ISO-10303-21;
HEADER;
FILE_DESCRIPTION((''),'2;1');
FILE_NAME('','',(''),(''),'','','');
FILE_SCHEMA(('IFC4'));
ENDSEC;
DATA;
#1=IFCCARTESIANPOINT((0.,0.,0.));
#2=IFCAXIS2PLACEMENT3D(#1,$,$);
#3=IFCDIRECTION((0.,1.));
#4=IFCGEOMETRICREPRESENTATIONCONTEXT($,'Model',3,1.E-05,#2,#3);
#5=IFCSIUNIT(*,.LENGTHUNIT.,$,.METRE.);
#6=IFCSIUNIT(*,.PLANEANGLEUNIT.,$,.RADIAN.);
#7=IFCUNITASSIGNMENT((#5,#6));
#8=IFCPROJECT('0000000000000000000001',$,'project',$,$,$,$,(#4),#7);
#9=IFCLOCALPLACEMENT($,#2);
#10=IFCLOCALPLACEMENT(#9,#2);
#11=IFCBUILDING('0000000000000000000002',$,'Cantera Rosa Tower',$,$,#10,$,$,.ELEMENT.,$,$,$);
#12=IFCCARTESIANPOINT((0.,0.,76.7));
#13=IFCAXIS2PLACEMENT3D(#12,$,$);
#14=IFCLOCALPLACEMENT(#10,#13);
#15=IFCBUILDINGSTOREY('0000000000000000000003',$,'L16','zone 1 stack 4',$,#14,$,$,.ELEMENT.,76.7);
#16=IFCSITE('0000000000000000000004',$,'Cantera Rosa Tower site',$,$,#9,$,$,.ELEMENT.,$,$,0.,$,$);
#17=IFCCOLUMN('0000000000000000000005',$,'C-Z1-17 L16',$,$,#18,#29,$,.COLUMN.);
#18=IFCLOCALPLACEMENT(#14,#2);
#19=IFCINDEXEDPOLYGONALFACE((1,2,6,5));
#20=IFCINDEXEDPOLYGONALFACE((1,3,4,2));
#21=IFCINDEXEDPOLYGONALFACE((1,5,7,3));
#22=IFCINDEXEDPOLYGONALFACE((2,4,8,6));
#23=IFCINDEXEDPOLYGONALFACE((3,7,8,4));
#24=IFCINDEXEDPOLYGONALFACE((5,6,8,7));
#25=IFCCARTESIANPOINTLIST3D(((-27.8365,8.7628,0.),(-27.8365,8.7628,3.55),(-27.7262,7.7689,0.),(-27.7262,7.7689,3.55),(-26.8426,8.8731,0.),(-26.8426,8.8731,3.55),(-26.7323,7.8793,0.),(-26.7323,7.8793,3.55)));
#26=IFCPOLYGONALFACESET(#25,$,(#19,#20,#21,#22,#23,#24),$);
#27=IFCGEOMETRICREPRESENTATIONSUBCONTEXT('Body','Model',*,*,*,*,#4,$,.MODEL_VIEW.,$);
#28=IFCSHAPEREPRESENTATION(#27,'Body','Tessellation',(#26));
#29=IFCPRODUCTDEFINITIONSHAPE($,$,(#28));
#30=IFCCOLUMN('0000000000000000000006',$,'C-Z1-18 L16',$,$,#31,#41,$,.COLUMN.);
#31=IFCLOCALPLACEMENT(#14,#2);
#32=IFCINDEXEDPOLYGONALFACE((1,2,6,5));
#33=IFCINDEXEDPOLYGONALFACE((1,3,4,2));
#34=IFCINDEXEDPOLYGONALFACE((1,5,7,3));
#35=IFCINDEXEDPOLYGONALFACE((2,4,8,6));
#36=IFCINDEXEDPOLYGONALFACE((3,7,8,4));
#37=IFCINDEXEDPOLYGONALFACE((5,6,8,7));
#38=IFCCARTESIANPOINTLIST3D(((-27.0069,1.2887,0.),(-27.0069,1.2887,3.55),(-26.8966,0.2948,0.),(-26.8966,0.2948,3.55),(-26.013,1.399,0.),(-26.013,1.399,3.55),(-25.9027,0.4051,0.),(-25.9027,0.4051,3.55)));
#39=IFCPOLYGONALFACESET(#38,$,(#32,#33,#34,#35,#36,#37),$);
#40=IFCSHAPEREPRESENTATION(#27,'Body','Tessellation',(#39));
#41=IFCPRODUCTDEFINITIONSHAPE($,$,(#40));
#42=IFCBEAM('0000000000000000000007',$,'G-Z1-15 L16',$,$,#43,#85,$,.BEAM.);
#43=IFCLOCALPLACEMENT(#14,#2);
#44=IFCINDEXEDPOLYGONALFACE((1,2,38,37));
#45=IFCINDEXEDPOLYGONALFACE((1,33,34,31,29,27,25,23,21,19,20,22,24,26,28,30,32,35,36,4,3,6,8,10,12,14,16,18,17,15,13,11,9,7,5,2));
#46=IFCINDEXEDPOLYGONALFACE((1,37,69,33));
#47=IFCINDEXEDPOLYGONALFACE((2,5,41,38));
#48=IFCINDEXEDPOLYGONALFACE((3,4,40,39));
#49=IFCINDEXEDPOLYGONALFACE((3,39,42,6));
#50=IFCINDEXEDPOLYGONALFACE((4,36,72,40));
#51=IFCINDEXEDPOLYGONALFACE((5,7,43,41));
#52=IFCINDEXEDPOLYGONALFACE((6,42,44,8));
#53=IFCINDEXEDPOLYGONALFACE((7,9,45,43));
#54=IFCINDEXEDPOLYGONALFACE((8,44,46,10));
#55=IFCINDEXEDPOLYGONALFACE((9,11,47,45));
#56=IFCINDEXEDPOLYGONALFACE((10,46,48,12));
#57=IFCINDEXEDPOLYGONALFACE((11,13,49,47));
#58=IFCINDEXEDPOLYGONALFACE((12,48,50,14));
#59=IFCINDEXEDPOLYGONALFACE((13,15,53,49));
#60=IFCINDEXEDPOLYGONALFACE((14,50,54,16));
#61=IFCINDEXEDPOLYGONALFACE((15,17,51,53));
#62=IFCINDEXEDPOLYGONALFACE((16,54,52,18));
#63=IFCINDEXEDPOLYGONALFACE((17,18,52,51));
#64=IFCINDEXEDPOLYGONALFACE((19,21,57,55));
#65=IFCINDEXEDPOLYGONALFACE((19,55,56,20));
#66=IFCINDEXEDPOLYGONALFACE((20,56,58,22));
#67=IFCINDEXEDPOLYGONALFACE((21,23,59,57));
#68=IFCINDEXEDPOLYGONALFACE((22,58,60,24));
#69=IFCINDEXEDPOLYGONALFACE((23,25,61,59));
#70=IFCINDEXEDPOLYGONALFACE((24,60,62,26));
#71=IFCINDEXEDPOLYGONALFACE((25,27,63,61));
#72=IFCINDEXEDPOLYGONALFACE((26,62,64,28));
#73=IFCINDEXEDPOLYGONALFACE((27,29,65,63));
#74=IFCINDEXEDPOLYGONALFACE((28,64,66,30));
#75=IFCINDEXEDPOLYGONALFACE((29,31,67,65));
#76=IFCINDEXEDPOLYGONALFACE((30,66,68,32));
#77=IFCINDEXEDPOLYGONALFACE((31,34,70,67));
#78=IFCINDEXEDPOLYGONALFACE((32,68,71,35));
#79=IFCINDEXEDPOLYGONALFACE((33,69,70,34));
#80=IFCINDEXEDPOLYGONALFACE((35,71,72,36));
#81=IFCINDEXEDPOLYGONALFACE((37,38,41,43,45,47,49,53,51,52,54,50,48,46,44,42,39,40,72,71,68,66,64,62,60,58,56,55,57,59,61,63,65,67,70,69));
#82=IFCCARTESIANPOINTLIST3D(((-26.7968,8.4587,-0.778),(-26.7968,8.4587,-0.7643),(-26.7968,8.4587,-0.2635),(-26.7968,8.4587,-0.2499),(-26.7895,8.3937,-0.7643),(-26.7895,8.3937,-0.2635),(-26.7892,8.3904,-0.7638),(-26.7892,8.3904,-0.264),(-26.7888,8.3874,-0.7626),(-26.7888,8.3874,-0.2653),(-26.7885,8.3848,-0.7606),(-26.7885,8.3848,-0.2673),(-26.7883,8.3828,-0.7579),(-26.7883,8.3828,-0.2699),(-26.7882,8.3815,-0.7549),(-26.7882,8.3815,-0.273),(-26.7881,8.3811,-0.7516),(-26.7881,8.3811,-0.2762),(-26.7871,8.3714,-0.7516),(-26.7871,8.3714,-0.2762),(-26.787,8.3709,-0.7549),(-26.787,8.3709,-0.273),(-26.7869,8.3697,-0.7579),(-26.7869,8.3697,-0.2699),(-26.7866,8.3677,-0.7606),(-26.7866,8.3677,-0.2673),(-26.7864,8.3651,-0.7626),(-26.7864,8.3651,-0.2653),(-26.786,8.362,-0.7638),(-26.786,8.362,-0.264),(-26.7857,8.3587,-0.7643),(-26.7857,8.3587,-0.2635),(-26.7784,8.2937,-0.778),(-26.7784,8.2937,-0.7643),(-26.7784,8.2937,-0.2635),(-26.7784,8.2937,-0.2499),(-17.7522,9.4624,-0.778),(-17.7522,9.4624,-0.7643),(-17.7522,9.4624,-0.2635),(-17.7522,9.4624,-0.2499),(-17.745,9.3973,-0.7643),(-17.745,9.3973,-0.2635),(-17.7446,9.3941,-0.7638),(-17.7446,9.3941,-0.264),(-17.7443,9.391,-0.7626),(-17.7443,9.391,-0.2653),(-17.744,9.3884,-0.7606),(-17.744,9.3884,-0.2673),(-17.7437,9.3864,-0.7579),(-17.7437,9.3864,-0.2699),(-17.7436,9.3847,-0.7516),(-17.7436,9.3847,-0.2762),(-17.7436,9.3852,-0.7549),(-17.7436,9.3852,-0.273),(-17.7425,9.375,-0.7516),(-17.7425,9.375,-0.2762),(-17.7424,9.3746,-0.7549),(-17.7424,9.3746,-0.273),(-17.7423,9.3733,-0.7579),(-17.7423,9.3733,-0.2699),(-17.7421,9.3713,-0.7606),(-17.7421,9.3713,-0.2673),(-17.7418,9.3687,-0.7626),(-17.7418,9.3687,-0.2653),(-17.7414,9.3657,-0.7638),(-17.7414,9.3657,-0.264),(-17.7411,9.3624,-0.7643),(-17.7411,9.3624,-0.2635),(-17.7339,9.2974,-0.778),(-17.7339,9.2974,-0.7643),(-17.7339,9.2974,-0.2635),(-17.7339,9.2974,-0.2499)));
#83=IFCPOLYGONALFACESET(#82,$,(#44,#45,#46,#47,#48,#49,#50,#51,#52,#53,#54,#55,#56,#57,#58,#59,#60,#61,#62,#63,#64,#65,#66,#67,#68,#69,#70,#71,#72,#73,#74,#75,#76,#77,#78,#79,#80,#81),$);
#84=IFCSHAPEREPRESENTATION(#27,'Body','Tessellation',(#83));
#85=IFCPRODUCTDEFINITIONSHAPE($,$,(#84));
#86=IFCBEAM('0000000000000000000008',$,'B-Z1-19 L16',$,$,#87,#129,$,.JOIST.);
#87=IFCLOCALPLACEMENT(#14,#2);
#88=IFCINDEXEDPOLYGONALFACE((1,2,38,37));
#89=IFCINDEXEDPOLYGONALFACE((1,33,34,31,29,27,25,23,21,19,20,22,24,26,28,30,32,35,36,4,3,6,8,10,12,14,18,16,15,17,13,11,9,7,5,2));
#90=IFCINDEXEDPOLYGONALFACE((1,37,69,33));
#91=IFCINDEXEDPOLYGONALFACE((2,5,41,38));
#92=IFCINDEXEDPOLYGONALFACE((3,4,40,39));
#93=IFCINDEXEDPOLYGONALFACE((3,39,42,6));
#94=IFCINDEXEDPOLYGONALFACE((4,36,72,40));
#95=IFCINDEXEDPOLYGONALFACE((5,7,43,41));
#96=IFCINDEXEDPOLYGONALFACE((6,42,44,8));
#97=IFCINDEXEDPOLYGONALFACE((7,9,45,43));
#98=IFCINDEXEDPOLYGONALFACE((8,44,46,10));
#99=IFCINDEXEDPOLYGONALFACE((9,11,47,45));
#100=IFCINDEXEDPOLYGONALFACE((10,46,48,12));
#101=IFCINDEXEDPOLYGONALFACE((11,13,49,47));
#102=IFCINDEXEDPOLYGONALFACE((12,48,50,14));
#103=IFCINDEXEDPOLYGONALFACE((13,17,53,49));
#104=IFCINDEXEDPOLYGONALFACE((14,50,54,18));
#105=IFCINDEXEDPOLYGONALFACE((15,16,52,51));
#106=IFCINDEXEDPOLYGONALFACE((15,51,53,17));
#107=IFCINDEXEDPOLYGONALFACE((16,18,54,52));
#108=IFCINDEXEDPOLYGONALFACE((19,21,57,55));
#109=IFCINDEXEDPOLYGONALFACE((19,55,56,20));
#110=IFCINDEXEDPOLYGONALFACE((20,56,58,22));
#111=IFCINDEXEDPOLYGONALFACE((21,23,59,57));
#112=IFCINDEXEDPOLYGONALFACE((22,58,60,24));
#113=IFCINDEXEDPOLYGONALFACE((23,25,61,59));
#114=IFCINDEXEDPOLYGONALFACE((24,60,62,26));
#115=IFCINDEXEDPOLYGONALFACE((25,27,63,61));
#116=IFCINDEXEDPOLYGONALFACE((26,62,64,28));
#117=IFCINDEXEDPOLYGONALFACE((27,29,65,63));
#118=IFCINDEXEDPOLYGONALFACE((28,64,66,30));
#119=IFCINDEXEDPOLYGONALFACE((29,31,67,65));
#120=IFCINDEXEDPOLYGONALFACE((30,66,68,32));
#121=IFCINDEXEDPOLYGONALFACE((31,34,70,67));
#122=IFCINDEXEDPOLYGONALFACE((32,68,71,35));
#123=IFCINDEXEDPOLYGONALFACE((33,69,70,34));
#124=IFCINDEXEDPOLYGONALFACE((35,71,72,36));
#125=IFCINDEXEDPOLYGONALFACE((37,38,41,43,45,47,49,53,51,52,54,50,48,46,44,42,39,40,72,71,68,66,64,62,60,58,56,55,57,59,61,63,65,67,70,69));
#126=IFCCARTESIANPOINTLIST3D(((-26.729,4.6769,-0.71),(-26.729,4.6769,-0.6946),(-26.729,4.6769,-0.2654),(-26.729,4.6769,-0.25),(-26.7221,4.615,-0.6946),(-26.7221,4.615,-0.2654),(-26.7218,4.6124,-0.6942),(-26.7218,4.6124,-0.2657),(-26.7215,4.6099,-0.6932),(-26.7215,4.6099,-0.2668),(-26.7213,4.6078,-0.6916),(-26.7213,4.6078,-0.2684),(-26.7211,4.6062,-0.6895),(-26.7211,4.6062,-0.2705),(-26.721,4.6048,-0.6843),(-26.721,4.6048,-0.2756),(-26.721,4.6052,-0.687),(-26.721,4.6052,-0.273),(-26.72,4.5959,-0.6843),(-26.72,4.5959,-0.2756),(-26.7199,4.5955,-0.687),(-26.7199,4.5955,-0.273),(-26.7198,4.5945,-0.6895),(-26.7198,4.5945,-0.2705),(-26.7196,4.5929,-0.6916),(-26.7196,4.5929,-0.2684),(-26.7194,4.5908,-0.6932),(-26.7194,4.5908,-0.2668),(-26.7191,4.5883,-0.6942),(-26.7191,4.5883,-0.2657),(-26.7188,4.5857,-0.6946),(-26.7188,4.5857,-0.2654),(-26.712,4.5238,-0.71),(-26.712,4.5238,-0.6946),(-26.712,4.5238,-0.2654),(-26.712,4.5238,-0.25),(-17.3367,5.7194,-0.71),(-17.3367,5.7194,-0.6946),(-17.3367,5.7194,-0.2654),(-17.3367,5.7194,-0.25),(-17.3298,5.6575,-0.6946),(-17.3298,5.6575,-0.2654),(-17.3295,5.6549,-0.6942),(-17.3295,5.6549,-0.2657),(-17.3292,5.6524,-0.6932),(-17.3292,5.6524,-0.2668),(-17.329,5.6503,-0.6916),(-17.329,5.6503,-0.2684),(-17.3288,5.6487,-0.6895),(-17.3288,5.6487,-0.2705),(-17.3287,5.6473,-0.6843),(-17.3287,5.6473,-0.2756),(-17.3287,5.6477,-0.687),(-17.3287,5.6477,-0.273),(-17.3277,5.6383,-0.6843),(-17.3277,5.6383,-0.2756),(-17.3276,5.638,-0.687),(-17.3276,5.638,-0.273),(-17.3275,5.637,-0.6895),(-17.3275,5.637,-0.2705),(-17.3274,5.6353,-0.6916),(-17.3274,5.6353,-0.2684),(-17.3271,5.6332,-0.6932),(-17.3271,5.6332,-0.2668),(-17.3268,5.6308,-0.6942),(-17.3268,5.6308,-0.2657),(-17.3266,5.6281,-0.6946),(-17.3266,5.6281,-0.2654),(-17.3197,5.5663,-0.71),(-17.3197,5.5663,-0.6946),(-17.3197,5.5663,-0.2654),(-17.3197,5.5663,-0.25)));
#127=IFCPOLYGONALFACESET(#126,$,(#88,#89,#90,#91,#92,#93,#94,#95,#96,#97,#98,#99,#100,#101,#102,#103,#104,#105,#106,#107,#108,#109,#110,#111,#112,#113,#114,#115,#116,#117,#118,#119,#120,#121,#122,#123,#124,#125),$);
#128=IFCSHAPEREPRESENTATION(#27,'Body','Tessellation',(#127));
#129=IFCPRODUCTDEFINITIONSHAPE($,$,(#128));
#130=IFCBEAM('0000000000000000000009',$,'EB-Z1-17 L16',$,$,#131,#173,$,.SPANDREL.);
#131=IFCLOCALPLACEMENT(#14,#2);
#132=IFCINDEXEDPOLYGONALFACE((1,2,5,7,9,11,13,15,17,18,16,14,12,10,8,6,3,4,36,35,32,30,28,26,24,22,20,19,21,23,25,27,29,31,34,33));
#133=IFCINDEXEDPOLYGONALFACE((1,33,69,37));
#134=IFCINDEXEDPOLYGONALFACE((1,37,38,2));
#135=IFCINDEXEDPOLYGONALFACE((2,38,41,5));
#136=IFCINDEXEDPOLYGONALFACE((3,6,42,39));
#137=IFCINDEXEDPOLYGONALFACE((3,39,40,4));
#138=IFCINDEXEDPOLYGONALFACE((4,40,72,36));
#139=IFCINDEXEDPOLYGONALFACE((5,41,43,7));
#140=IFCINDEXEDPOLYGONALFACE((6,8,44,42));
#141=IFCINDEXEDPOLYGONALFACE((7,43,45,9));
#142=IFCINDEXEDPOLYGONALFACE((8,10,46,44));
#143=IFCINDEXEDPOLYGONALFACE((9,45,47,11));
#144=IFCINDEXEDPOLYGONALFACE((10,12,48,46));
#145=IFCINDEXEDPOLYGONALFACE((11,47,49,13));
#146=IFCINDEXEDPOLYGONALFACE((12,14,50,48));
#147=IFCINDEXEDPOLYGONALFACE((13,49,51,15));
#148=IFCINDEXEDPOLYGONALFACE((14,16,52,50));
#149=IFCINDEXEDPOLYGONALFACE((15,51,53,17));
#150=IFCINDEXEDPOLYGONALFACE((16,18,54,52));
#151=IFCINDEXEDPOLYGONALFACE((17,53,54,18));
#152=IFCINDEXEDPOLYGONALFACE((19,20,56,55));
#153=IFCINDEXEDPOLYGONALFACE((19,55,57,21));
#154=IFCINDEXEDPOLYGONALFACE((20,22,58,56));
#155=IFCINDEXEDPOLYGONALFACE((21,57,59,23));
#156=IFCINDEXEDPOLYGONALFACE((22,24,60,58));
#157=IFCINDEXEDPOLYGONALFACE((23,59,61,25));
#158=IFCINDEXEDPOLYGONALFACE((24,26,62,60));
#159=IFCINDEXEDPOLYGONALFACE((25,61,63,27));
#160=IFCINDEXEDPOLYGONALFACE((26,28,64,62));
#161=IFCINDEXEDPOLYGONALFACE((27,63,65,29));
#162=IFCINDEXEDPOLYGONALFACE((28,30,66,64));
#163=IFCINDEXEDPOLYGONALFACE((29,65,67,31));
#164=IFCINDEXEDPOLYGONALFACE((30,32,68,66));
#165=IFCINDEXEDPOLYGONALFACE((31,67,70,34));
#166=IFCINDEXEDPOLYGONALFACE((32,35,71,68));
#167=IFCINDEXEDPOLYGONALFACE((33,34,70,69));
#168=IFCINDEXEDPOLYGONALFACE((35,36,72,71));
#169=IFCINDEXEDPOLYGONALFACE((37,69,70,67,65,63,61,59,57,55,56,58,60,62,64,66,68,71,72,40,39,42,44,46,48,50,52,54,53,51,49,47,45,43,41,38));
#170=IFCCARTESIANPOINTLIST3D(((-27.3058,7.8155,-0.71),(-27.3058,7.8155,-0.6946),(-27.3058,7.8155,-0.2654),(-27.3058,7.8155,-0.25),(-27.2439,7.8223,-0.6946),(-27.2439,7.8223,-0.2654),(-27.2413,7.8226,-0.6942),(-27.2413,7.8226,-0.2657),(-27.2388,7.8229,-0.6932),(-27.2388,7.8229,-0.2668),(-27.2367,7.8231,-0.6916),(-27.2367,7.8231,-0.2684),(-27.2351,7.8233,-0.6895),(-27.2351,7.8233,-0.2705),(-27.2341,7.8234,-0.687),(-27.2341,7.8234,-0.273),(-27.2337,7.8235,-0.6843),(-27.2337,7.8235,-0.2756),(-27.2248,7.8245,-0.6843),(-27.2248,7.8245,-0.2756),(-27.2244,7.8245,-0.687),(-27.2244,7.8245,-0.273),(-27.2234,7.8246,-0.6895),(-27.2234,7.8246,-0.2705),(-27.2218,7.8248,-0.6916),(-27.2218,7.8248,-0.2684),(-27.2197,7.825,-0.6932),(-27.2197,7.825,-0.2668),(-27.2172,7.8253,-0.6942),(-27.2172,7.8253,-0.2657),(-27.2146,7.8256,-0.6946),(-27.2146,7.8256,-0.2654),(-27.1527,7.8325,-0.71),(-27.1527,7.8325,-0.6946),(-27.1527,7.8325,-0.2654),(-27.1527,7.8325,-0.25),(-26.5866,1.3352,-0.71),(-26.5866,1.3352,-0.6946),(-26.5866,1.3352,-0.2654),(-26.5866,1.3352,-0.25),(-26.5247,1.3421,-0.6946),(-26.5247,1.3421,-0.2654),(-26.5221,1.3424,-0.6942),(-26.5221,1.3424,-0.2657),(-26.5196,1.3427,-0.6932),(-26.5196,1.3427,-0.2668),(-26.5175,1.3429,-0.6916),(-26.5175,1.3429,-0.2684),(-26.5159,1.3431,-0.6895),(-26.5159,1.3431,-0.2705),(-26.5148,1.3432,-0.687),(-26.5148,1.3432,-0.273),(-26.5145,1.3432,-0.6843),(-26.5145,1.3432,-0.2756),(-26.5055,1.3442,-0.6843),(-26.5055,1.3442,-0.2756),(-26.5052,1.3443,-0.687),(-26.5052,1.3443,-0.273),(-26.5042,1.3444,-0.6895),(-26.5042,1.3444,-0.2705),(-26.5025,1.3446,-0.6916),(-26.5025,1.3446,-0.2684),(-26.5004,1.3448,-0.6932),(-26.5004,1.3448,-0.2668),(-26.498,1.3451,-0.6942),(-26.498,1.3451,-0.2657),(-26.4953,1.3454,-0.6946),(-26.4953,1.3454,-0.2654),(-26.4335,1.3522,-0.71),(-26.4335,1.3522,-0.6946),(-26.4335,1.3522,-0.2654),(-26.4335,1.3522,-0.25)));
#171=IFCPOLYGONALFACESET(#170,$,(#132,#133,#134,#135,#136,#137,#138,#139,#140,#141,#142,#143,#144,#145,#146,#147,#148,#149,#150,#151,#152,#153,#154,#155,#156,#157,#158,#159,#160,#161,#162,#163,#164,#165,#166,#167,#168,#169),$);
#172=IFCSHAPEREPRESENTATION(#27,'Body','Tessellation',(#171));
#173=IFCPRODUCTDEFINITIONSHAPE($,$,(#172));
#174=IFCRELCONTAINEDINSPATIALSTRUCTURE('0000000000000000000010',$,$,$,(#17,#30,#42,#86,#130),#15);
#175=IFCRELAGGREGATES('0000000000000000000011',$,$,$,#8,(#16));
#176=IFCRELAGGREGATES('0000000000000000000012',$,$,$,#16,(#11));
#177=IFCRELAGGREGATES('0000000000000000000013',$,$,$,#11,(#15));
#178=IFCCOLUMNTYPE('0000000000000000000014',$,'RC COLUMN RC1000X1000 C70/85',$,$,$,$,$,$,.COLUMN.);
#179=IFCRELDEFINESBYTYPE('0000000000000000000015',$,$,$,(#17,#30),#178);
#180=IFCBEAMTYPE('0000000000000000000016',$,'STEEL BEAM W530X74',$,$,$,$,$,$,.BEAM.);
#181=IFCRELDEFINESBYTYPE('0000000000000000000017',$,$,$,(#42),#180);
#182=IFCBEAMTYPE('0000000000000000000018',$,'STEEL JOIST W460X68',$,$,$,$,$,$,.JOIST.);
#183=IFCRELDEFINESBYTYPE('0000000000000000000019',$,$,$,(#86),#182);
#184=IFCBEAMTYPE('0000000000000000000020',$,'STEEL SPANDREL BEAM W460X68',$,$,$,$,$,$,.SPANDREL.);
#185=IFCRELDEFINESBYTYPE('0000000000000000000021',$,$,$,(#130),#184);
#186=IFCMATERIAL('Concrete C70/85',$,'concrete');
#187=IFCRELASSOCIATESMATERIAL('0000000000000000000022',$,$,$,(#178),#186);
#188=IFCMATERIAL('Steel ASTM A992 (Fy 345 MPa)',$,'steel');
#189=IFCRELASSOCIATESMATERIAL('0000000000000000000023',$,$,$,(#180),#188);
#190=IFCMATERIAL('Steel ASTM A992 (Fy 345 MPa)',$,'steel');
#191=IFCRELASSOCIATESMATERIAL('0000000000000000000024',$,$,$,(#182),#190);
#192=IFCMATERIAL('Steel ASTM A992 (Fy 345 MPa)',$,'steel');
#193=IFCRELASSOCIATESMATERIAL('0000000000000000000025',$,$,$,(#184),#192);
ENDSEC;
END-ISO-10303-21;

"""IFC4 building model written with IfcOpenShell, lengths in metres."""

from ifc_helpers import new_model, si_unit, direction, frame, origin, origin_2d, place, context, subcontext, project, spatial, rectangle, i_section, extrude, material, material_profile, profile_set, type_object, element, save


model = new_model("IFC4")

# Units and contexts
model_context = context("Model", 3, precision=1e-05, world=origin(), true_north=direction((0.0, 1.0)))
body_context = subcontext(model_context, "Body", "Model", "MODEL_VIEW")
ifc_project = project(units=[si_unit("LENGTHUNIT", "METRE"), si_unit("PLANEANGLEUNIT", "RADIAN")], contexts=[model_context])

# Site, building, storey
site_placement = place(None, origin())
site = spatial("IfcSite", under=ifc_project, at=site_placement, Name="Cantera Rosa Tower site", CompositionType="ELEMENT", RefElevation=0.0)
building_placement = place(site_placement, origin())
building = spatial("IfcBuilding", under=site, at=building_placement, Name="Cantera Rosa Tower", CompositionType="ELEMENT")
storey_placement = place(building_placement, frame((0.0, 0.0, 76.7)))
storey = spatial("IfcBuildingStorey", under=building, at=storey_placement, Name="L16", Description="zone 1 stack 4", CompositionType="ELEMENT", Elevation=76.7)

# Columns
ifc_material_1 = material(Name="Concrete C70/85", Category="concrete")
ifc_material_profile_1 = material_profile(ifc_material_1, rectangle(XDim=1.0, YDim=1.0, at=origin_2d()), Name="RC COLUMN RC1000X1000 C70/85")
ifc_profile_set_1 = profile_set([ifc_material_profile_1], Name="Concrete C70/85")
column_type = type_object("IfcColumnType", Name="RC COLUMN RC1000X1000 C70/85", PredefinedType="COLUMN", material=ifc_profile_set_1)
for number, where, z_axis, x_axis, name in (
    (1, (-27.2844, 8.321, 0.0), (0.0, 0.0, 1.0), (0.993897, 0.110313, 0.0), "C-Z1-17 L16"),
    (2, (-26.4548, 0.8469, 0.0), (0.0, 0.0, 1.0), (0.993897, 0.110313, 0.0), "C-Z1-18 L16"),
):
    element("IfcColumn", number, at=place(storey_placement, frame(where, z_axis=z_axis, x_axis=x_axis)), inside=storey, type_object=column_type, Name=name, PredefinedType="COLUMN", context=body_context, shape_type="SweptSolid", body=[
        extrude(rectangle(XDim=1.0, YDim=1.0, at=origin_2d()), origin(), (0.0, 0.0, 1.0), 3.55),
    ])

# Beams
ifc_material_2 = material(Name="Steel ASTM A992 (Fy 345 MPa)", Category="steel")
ifc_material_profile_2 = material_profile(ifc_material_2, i_section(OverallWidth=0.166, OverallDepth=0.5281, WebThickness=0.0098, FlangeThickness=0.0137, FilletRadius=0.0127, at=origin_2d()), Name="W530X74")
ifc_profile_set_2 = profile_set([ifc_material_profile_2], Name="Steel ASTM A992 (Fy 345 MPa)")
beam_type_1 = type_object("IfcBeamType", Name="STEEL BEAM W530X74", PredefinedType="BEAM", material=ifc_profile_set_2)
beam_1_placement = place(storey_placement, frame((-26.7876, 8.3762, -0.5139), z_axis=(0.993899, 0.11029, 0.0), x_axis=(-0.11029, 0.993899, 0.0)))
element("IfcBeam", 3, at=beam_1_placement, inside=storey, type_object=beam_type_1, Name="G-Z1-15 L16", PredefinedType="BEAM", context=body_context, shape_type="SweptSolid", body=[
    extrude(i_section(OverallWidth=0.166, OverallDepth=0.5281, WebThickness=0.0098, FlangeThickness=0.0137, FilletRadius=0.0127, at=origin_2d()), origin(), (0.0, 0.0, 1.0), 9.1001),
])
ifc_material_3 = material(Name="Steel ASTM A992 (Fy 345 MPa)", Category="steel")
ifc_material_profile_3 = material_profile(ifc_material_3, i_section(OverallWidth=0.1541, OverallDepth=0.46, WebThickness=0.009, FlangeThickness=0.0154, FilletRadius=0.0103, at=origin_2d()), Name="W460X68")
ifc_profile_set_3 = profile_set([ifc_material_profile_3], Name="Steel ASTM A992 (Fy 345 MPa)")
beam_type_2 = type_object("IfcBeamType", Name="STEEL JOIST W460X68", PredefinedType="JOIST", material=ifc_profile_set_3)
beam_2_placement = place(storey_placement, frame((-26.7205, 4.6003, -0.48), z_axis=(0.993897, 0.110315, 0.0), x_axis=(-0.110315, 0.993897, 0.0)))
element("IfcBeam", 4, at=beam_2_placement, inside=storey, type_object=beam_type_2, Name="B-Z1-19 L16", PredefinedType="JOIST", context=body_context, shape_type="SweptSolid", body=[
    extrude(i_section(OverallWidth=0.1541, OverallDepth=0.46, WebThickness=0.009, FlangeThickness=0.0154, FilletRadius=0.0103, at=origin_2d()), origin(), (0.0, 0.0, 1.0), 9.45),
])
ifc_material_4 = material(Name="Steel ASTM A992 (Fy 345 MPa)", Category="steel")
ifc_material_profile_4 = material_profile(ifc_material_4, i_section(OverallWidth=0.1541, OverallDepth=0.46, WebThickness=0.009, FlangeThickness=0.0154, FilletRadius=0.0103, at=origin_2d()), Name="W460X68")
ifc_profile_set_4 = profile_set([ifc_material_profile_4], Name="Steel ASTM A992 (Fy 345 MPa)")
beam_type_3 = type_object("IfcBeamType", Name="STEEL SPANDREL BEAM W460X68", PredefinedType="SPANDREL", material=ifc_profile_set_4)
for number, where, z_axis, x_axis, name in (
    (5, (-27.2292, 7.824, -0.48), (0.110312, -0.993897, 0.0), (0.993897, 0.110312, 0.0), "EB-Z1-17 L16"),
):
    element("IfcBeam", number, at=place(storey_placement, frame(where, z_axis=z_axis, x_axis=x_axis)), inside=storey, type_object=beam_type_3, Name=name, PredefinedType="SPANDREL", context=body_context, shape_type="SweptSolid", body=[
        extrude(i_section(OverallWidth=0.1541, OverallDepth=0.46, WebThickness=0.009, FlangeThickness=0.0154, FilletRadius=0.0103, at=origin_2d()), origin(), (0.0, 0.0, 1.0), 6.52),
    ])

save(model, "model.ifc")
